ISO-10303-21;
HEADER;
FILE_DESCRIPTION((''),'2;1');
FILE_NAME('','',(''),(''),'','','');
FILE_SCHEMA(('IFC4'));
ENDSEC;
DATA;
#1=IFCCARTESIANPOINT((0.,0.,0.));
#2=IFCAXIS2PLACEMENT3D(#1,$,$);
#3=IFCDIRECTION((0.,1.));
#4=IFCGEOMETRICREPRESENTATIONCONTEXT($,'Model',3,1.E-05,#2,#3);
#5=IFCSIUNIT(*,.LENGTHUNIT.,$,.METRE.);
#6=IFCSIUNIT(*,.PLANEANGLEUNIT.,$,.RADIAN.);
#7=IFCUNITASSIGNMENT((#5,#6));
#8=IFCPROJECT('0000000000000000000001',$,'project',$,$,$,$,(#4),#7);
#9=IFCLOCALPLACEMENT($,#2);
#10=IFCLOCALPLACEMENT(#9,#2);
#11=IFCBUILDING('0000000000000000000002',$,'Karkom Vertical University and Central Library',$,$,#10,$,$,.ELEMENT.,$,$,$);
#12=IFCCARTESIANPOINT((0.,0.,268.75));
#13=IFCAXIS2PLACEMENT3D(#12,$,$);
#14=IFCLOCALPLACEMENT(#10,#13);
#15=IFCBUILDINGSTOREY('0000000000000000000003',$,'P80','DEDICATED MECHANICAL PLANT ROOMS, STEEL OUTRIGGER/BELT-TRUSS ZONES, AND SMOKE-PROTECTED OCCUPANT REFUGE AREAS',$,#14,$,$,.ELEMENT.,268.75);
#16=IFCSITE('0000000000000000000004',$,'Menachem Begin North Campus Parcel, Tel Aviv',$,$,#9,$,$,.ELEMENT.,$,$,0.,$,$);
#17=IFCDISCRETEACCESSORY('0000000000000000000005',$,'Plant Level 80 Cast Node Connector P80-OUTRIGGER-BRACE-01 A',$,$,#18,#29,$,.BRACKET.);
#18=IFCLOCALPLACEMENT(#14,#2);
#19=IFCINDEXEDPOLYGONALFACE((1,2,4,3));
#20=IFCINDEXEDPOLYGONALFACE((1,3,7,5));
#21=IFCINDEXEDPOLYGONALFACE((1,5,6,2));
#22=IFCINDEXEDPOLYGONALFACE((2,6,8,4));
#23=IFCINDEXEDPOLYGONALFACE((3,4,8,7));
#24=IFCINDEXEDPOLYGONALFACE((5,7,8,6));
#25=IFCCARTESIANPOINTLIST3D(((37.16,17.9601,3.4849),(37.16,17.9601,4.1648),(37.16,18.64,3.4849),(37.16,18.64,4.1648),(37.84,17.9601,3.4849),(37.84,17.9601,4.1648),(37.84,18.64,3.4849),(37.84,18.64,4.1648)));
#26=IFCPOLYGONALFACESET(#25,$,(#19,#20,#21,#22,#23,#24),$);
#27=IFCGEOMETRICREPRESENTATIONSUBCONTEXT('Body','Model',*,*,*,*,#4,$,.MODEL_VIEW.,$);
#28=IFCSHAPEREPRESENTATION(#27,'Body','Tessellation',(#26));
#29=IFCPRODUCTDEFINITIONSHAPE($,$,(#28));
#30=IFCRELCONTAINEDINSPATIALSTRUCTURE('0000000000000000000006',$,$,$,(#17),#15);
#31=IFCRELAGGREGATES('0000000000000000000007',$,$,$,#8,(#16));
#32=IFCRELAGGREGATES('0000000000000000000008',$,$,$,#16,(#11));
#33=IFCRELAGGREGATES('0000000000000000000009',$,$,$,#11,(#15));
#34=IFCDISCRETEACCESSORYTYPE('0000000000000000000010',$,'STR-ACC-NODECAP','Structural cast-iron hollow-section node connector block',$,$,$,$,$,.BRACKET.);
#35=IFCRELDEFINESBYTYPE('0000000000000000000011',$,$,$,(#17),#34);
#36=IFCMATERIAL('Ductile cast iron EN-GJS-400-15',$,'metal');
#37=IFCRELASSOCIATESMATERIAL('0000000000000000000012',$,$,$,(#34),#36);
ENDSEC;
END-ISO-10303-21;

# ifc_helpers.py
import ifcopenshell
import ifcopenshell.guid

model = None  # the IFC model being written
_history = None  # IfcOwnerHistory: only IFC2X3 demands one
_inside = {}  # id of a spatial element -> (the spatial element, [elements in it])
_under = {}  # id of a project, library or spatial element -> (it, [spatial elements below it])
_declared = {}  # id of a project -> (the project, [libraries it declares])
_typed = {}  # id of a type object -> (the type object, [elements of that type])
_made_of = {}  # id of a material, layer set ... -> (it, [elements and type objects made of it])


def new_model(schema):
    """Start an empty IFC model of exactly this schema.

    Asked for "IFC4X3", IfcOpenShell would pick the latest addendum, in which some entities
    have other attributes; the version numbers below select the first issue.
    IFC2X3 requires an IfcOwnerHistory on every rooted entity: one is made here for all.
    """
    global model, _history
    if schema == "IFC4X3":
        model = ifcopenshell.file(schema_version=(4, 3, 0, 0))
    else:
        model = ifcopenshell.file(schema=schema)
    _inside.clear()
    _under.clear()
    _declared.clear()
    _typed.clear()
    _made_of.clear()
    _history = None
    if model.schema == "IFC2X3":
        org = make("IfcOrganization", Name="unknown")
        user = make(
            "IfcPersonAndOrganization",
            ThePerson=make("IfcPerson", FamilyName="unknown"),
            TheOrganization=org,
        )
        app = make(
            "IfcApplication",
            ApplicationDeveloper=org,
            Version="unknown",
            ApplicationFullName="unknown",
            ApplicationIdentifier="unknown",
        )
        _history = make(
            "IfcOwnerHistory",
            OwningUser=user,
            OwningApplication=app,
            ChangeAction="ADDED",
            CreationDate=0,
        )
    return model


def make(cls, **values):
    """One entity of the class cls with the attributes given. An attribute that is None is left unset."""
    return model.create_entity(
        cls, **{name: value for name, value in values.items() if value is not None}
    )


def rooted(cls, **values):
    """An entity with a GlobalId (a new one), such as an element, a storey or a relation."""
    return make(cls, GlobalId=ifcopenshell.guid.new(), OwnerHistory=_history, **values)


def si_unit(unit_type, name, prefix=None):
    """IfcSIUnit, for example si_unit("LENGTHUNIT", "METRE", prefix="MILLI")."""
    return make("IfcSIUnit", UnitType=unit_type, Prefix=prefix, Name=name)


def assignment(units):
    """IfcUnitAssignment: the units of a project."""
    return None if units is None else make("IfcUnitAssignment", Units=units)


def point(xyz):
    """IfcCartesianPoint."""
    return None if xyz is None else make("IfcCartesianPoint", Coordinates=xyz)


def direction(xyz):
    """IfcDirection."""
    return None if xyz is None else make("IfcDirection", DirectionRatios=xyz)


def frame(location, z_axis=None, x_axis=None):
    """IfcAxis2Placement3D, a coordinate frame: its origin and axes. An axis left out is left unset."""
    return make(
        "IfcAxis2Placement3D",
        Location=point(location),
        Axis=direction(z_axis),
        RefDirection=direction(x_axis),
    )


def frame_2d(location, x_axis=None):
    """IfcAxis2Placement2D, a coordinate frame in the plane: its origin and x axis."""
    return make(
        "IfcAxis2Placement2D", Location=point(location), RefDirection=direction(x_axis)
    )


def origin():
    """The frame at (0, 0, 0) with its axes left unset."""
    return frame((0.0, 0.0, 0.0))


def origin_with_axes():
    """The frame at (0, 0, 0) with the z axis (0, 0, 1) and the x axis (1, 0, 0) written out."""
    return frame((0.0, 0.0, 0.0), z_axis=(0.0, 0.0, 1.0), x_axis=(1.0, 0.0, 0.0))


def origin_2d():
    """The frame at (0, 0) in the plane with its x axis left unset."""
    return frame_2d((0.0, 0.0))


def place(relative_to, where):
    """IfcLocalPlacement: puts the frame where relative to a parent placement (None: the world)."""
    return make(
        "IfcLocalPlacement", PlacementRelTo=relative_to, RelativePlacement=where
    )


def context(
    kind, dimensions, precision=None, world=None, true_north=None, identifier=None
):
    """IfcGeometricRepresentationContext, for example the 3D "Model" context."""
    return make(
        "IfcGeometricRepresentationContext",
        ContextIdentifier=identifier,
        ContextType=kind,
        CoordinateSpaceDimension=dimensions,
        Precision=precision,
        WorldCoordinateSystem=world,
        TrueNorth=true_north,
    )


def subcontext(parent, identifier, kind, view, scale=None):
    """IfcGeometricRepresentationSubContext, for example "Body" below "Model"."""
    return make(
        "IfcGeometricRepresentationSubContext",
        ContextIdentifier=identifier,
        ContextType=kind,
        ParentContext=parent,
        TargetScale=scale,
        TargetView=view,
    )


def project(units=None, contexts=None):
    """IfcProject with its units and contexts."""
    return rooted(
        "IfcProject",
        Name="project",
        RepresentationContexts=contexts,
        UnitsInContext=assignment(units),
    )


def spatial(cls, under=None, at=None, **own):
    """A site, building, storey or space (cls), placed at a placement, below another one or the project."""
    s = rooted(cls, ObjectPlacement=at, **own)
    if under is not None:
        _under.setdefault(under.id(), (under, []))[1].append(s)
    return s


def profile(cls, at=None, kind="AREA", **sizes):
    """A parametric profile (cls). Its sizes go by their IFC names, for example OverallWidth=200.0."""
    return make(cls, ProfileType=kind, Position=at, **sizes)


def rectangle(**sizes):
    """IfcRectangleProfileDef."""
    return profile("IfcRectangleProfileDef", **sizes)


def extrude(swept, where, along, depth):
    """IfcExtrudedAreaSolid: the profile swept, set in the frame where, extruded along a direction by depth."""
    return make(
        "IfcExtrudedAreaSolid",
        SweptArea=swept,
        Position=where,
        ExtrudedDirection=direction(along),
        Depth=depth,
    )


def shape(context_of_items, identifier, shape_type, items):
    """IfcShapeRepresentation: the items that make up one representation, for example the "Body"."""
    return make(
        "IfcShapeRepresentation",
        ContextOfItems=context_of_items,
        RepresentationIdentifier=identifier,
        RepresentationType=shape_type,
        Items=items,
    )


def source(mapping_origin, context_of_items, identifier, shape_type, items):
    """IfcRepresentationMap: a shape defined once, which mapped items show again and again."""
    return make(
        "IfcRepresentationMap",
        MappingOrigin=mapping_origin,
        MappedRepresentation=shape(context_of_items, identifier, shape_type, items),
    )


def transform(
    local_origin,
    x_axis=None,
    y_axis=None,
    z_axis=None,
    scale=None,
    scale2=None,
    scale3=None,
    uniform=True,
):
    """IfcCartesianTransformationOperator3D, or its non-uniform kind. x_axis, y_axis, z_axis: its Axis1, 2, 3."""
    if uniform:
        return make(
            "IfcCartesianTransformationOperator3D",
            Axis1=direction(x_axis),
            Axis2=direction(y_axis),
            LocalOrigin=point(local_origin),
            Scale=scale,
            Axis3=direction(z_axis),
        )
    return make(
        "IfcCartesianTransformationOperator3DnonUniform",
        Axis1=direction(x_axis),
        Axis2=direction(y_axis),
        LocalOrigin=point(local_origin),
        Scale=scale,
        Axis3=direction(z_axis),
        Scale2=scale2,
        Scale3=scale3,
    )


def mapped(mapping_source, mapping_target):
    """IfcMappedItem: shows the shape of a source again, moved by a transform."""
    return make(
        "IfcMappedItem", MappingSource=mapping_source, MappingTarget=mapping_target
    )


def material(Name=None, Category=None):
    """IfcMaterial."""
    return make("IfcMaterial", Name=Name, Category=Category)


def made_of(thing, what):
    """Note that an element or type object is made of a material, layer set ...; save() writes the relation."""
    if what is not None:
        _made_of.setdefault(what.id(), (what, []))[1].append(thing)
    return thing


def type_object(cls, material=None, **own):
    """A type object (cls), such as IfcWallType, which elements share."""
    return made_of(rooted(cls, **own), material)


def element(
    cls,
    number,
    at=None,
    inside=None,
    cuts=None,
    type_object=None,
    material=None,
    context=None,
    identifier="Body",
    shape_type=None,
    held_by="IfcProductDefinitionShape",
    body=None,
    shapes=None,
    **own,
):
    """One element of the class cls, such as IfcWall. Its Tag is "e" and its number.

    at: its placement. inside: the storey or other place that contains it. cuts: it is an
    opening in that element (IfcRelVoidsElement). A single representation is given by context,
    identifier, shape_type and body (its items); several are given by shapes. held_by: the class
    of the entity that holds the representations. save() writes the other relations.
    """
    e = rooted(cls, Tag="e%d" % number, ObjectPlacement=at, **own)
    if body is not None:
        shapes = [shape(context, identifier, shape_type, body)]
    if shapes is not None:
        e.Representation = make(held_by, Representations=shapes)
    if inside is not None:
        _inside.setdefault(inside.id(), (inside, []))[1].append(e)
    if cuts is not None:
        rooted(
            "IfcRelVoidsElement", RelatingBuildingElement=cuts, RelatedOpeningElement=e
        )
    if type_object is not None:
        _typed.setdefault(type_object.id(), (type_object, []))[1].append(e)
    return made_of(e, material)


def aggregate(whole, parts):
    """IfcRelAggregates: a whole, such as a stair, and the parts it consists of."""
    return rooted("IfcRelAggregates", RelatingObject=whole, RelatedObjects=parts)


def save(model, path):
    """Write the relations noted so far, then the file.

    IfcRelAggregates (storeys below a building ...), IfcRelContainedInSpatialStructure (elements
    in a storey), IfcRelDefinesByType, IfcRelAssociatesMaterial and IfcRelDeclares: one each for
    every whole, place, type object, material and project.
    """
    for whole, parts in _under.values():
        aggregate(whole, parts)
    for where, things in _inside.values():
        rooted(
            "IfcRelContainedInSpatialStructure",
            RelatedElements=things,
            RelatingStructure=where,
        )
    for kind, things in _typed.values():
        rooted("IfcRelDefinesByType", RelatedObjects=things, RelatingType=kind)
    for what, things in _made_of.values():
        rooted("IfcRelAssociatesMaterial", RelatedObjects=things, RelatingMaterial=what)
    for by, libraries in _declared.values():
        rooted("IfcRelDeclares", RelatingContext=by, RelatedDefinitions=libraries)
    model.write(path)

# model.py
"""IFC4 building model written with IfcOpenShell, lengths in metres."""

from ifc_helpers import new_model, si_unit, direction, frame, origin, origin_with_axes, origin_2d, place, context, subcontext, project, spatial, rectangle, extrude, source, transform, mapped, material, type_object, element, save


model = new_model("IFC4")

# Units and contexts
model_context = context("Model", 3, precision=1e-05, world=origin(), true_north=direction((0.0, 1.0)))
body_context = subcontext(model_context, "Body", "Model", "MODEL_VIEW")
ifc_project = project(units=[si_unit("LENGTHUNIT", "METRE"), si_unit("PLANEANGLEUNIT", "RADIAN")], contexts=[model_context])

# Site, building, storey
site_placement = place(None, origin())
site = spatial("IfcSite", under=ifc_project, at=site_placement, Name="Menachem Begin North Campus Parcel, Tel Aviv", CompositionType="ELEMENT", RefElevation=0.0)
building_placement = place(site_placement, origin())
building = spatial("IfcBuilding", under=site, at=building_placement, Name="Karkom Vertical University and Central Library", CompositionType="ELEMENT")
storey_placement = place(building_placement, frame((0.0, 0.0, 268.75)))
storey = spatial("IfcBuildingStorey", under=building, at=storey_placement, Name="P80", Description="DEDICATED MECHANICAL PLANT ROOMS, STEEL OUTRIGGER/BELT-TRUSS ZONES, AND SMOKE-PROTECTED OCCUPANT REFUGE AREAS", CompositionType="ELEMENT", Elevation=268.75)

# Discrete accessory
ifc_material_1 = material(Name="Ductile cast iron EN-GJS-400-15", Category="metal")
discrete_accessory_type = type_object("IfcDiscreteAccessoryType", Name="STR-ACC-NODECAP", Description="Structural cast-iron hollow-section node connector block", PredefinedType="BRACKET", material=ifc_material_1)
shared_shape_1 = source(origin_with_axes(), body_context, "Body", "SweptSolid", [
    extrude(rectangle(XDim=0.6799, YDim=0.6799, at=origin_2d()), origin(), (0.0, 0.0, 1.0), 0.6799),
])
for number, where, z_axis, x_axis, name in (
    (1, (37.5, 18.3, 3.4849), (0.0, 0.0, 1.0), (1.0, 0.0, 0.0), "Plant Level 80 Cast Node Connector P80-OUTRIGGER-BRACE-01 A"),
):
    element("IfcDiscreteAccessory", number, at=place(storey_placement, frame(where, z_axis=z_axis, x_axis=x_axis)), inside=storey, type_object=discrete_accessory_type, Name=name, PredefinedType="BRACKET", context=body_context, shape_type="MappedRepresentation", body=[
        mapped(shared_shape_1, transform((0.0, 0.0, 0.0), scale=1.0)),
    ])

save(model, "model.ifc")
